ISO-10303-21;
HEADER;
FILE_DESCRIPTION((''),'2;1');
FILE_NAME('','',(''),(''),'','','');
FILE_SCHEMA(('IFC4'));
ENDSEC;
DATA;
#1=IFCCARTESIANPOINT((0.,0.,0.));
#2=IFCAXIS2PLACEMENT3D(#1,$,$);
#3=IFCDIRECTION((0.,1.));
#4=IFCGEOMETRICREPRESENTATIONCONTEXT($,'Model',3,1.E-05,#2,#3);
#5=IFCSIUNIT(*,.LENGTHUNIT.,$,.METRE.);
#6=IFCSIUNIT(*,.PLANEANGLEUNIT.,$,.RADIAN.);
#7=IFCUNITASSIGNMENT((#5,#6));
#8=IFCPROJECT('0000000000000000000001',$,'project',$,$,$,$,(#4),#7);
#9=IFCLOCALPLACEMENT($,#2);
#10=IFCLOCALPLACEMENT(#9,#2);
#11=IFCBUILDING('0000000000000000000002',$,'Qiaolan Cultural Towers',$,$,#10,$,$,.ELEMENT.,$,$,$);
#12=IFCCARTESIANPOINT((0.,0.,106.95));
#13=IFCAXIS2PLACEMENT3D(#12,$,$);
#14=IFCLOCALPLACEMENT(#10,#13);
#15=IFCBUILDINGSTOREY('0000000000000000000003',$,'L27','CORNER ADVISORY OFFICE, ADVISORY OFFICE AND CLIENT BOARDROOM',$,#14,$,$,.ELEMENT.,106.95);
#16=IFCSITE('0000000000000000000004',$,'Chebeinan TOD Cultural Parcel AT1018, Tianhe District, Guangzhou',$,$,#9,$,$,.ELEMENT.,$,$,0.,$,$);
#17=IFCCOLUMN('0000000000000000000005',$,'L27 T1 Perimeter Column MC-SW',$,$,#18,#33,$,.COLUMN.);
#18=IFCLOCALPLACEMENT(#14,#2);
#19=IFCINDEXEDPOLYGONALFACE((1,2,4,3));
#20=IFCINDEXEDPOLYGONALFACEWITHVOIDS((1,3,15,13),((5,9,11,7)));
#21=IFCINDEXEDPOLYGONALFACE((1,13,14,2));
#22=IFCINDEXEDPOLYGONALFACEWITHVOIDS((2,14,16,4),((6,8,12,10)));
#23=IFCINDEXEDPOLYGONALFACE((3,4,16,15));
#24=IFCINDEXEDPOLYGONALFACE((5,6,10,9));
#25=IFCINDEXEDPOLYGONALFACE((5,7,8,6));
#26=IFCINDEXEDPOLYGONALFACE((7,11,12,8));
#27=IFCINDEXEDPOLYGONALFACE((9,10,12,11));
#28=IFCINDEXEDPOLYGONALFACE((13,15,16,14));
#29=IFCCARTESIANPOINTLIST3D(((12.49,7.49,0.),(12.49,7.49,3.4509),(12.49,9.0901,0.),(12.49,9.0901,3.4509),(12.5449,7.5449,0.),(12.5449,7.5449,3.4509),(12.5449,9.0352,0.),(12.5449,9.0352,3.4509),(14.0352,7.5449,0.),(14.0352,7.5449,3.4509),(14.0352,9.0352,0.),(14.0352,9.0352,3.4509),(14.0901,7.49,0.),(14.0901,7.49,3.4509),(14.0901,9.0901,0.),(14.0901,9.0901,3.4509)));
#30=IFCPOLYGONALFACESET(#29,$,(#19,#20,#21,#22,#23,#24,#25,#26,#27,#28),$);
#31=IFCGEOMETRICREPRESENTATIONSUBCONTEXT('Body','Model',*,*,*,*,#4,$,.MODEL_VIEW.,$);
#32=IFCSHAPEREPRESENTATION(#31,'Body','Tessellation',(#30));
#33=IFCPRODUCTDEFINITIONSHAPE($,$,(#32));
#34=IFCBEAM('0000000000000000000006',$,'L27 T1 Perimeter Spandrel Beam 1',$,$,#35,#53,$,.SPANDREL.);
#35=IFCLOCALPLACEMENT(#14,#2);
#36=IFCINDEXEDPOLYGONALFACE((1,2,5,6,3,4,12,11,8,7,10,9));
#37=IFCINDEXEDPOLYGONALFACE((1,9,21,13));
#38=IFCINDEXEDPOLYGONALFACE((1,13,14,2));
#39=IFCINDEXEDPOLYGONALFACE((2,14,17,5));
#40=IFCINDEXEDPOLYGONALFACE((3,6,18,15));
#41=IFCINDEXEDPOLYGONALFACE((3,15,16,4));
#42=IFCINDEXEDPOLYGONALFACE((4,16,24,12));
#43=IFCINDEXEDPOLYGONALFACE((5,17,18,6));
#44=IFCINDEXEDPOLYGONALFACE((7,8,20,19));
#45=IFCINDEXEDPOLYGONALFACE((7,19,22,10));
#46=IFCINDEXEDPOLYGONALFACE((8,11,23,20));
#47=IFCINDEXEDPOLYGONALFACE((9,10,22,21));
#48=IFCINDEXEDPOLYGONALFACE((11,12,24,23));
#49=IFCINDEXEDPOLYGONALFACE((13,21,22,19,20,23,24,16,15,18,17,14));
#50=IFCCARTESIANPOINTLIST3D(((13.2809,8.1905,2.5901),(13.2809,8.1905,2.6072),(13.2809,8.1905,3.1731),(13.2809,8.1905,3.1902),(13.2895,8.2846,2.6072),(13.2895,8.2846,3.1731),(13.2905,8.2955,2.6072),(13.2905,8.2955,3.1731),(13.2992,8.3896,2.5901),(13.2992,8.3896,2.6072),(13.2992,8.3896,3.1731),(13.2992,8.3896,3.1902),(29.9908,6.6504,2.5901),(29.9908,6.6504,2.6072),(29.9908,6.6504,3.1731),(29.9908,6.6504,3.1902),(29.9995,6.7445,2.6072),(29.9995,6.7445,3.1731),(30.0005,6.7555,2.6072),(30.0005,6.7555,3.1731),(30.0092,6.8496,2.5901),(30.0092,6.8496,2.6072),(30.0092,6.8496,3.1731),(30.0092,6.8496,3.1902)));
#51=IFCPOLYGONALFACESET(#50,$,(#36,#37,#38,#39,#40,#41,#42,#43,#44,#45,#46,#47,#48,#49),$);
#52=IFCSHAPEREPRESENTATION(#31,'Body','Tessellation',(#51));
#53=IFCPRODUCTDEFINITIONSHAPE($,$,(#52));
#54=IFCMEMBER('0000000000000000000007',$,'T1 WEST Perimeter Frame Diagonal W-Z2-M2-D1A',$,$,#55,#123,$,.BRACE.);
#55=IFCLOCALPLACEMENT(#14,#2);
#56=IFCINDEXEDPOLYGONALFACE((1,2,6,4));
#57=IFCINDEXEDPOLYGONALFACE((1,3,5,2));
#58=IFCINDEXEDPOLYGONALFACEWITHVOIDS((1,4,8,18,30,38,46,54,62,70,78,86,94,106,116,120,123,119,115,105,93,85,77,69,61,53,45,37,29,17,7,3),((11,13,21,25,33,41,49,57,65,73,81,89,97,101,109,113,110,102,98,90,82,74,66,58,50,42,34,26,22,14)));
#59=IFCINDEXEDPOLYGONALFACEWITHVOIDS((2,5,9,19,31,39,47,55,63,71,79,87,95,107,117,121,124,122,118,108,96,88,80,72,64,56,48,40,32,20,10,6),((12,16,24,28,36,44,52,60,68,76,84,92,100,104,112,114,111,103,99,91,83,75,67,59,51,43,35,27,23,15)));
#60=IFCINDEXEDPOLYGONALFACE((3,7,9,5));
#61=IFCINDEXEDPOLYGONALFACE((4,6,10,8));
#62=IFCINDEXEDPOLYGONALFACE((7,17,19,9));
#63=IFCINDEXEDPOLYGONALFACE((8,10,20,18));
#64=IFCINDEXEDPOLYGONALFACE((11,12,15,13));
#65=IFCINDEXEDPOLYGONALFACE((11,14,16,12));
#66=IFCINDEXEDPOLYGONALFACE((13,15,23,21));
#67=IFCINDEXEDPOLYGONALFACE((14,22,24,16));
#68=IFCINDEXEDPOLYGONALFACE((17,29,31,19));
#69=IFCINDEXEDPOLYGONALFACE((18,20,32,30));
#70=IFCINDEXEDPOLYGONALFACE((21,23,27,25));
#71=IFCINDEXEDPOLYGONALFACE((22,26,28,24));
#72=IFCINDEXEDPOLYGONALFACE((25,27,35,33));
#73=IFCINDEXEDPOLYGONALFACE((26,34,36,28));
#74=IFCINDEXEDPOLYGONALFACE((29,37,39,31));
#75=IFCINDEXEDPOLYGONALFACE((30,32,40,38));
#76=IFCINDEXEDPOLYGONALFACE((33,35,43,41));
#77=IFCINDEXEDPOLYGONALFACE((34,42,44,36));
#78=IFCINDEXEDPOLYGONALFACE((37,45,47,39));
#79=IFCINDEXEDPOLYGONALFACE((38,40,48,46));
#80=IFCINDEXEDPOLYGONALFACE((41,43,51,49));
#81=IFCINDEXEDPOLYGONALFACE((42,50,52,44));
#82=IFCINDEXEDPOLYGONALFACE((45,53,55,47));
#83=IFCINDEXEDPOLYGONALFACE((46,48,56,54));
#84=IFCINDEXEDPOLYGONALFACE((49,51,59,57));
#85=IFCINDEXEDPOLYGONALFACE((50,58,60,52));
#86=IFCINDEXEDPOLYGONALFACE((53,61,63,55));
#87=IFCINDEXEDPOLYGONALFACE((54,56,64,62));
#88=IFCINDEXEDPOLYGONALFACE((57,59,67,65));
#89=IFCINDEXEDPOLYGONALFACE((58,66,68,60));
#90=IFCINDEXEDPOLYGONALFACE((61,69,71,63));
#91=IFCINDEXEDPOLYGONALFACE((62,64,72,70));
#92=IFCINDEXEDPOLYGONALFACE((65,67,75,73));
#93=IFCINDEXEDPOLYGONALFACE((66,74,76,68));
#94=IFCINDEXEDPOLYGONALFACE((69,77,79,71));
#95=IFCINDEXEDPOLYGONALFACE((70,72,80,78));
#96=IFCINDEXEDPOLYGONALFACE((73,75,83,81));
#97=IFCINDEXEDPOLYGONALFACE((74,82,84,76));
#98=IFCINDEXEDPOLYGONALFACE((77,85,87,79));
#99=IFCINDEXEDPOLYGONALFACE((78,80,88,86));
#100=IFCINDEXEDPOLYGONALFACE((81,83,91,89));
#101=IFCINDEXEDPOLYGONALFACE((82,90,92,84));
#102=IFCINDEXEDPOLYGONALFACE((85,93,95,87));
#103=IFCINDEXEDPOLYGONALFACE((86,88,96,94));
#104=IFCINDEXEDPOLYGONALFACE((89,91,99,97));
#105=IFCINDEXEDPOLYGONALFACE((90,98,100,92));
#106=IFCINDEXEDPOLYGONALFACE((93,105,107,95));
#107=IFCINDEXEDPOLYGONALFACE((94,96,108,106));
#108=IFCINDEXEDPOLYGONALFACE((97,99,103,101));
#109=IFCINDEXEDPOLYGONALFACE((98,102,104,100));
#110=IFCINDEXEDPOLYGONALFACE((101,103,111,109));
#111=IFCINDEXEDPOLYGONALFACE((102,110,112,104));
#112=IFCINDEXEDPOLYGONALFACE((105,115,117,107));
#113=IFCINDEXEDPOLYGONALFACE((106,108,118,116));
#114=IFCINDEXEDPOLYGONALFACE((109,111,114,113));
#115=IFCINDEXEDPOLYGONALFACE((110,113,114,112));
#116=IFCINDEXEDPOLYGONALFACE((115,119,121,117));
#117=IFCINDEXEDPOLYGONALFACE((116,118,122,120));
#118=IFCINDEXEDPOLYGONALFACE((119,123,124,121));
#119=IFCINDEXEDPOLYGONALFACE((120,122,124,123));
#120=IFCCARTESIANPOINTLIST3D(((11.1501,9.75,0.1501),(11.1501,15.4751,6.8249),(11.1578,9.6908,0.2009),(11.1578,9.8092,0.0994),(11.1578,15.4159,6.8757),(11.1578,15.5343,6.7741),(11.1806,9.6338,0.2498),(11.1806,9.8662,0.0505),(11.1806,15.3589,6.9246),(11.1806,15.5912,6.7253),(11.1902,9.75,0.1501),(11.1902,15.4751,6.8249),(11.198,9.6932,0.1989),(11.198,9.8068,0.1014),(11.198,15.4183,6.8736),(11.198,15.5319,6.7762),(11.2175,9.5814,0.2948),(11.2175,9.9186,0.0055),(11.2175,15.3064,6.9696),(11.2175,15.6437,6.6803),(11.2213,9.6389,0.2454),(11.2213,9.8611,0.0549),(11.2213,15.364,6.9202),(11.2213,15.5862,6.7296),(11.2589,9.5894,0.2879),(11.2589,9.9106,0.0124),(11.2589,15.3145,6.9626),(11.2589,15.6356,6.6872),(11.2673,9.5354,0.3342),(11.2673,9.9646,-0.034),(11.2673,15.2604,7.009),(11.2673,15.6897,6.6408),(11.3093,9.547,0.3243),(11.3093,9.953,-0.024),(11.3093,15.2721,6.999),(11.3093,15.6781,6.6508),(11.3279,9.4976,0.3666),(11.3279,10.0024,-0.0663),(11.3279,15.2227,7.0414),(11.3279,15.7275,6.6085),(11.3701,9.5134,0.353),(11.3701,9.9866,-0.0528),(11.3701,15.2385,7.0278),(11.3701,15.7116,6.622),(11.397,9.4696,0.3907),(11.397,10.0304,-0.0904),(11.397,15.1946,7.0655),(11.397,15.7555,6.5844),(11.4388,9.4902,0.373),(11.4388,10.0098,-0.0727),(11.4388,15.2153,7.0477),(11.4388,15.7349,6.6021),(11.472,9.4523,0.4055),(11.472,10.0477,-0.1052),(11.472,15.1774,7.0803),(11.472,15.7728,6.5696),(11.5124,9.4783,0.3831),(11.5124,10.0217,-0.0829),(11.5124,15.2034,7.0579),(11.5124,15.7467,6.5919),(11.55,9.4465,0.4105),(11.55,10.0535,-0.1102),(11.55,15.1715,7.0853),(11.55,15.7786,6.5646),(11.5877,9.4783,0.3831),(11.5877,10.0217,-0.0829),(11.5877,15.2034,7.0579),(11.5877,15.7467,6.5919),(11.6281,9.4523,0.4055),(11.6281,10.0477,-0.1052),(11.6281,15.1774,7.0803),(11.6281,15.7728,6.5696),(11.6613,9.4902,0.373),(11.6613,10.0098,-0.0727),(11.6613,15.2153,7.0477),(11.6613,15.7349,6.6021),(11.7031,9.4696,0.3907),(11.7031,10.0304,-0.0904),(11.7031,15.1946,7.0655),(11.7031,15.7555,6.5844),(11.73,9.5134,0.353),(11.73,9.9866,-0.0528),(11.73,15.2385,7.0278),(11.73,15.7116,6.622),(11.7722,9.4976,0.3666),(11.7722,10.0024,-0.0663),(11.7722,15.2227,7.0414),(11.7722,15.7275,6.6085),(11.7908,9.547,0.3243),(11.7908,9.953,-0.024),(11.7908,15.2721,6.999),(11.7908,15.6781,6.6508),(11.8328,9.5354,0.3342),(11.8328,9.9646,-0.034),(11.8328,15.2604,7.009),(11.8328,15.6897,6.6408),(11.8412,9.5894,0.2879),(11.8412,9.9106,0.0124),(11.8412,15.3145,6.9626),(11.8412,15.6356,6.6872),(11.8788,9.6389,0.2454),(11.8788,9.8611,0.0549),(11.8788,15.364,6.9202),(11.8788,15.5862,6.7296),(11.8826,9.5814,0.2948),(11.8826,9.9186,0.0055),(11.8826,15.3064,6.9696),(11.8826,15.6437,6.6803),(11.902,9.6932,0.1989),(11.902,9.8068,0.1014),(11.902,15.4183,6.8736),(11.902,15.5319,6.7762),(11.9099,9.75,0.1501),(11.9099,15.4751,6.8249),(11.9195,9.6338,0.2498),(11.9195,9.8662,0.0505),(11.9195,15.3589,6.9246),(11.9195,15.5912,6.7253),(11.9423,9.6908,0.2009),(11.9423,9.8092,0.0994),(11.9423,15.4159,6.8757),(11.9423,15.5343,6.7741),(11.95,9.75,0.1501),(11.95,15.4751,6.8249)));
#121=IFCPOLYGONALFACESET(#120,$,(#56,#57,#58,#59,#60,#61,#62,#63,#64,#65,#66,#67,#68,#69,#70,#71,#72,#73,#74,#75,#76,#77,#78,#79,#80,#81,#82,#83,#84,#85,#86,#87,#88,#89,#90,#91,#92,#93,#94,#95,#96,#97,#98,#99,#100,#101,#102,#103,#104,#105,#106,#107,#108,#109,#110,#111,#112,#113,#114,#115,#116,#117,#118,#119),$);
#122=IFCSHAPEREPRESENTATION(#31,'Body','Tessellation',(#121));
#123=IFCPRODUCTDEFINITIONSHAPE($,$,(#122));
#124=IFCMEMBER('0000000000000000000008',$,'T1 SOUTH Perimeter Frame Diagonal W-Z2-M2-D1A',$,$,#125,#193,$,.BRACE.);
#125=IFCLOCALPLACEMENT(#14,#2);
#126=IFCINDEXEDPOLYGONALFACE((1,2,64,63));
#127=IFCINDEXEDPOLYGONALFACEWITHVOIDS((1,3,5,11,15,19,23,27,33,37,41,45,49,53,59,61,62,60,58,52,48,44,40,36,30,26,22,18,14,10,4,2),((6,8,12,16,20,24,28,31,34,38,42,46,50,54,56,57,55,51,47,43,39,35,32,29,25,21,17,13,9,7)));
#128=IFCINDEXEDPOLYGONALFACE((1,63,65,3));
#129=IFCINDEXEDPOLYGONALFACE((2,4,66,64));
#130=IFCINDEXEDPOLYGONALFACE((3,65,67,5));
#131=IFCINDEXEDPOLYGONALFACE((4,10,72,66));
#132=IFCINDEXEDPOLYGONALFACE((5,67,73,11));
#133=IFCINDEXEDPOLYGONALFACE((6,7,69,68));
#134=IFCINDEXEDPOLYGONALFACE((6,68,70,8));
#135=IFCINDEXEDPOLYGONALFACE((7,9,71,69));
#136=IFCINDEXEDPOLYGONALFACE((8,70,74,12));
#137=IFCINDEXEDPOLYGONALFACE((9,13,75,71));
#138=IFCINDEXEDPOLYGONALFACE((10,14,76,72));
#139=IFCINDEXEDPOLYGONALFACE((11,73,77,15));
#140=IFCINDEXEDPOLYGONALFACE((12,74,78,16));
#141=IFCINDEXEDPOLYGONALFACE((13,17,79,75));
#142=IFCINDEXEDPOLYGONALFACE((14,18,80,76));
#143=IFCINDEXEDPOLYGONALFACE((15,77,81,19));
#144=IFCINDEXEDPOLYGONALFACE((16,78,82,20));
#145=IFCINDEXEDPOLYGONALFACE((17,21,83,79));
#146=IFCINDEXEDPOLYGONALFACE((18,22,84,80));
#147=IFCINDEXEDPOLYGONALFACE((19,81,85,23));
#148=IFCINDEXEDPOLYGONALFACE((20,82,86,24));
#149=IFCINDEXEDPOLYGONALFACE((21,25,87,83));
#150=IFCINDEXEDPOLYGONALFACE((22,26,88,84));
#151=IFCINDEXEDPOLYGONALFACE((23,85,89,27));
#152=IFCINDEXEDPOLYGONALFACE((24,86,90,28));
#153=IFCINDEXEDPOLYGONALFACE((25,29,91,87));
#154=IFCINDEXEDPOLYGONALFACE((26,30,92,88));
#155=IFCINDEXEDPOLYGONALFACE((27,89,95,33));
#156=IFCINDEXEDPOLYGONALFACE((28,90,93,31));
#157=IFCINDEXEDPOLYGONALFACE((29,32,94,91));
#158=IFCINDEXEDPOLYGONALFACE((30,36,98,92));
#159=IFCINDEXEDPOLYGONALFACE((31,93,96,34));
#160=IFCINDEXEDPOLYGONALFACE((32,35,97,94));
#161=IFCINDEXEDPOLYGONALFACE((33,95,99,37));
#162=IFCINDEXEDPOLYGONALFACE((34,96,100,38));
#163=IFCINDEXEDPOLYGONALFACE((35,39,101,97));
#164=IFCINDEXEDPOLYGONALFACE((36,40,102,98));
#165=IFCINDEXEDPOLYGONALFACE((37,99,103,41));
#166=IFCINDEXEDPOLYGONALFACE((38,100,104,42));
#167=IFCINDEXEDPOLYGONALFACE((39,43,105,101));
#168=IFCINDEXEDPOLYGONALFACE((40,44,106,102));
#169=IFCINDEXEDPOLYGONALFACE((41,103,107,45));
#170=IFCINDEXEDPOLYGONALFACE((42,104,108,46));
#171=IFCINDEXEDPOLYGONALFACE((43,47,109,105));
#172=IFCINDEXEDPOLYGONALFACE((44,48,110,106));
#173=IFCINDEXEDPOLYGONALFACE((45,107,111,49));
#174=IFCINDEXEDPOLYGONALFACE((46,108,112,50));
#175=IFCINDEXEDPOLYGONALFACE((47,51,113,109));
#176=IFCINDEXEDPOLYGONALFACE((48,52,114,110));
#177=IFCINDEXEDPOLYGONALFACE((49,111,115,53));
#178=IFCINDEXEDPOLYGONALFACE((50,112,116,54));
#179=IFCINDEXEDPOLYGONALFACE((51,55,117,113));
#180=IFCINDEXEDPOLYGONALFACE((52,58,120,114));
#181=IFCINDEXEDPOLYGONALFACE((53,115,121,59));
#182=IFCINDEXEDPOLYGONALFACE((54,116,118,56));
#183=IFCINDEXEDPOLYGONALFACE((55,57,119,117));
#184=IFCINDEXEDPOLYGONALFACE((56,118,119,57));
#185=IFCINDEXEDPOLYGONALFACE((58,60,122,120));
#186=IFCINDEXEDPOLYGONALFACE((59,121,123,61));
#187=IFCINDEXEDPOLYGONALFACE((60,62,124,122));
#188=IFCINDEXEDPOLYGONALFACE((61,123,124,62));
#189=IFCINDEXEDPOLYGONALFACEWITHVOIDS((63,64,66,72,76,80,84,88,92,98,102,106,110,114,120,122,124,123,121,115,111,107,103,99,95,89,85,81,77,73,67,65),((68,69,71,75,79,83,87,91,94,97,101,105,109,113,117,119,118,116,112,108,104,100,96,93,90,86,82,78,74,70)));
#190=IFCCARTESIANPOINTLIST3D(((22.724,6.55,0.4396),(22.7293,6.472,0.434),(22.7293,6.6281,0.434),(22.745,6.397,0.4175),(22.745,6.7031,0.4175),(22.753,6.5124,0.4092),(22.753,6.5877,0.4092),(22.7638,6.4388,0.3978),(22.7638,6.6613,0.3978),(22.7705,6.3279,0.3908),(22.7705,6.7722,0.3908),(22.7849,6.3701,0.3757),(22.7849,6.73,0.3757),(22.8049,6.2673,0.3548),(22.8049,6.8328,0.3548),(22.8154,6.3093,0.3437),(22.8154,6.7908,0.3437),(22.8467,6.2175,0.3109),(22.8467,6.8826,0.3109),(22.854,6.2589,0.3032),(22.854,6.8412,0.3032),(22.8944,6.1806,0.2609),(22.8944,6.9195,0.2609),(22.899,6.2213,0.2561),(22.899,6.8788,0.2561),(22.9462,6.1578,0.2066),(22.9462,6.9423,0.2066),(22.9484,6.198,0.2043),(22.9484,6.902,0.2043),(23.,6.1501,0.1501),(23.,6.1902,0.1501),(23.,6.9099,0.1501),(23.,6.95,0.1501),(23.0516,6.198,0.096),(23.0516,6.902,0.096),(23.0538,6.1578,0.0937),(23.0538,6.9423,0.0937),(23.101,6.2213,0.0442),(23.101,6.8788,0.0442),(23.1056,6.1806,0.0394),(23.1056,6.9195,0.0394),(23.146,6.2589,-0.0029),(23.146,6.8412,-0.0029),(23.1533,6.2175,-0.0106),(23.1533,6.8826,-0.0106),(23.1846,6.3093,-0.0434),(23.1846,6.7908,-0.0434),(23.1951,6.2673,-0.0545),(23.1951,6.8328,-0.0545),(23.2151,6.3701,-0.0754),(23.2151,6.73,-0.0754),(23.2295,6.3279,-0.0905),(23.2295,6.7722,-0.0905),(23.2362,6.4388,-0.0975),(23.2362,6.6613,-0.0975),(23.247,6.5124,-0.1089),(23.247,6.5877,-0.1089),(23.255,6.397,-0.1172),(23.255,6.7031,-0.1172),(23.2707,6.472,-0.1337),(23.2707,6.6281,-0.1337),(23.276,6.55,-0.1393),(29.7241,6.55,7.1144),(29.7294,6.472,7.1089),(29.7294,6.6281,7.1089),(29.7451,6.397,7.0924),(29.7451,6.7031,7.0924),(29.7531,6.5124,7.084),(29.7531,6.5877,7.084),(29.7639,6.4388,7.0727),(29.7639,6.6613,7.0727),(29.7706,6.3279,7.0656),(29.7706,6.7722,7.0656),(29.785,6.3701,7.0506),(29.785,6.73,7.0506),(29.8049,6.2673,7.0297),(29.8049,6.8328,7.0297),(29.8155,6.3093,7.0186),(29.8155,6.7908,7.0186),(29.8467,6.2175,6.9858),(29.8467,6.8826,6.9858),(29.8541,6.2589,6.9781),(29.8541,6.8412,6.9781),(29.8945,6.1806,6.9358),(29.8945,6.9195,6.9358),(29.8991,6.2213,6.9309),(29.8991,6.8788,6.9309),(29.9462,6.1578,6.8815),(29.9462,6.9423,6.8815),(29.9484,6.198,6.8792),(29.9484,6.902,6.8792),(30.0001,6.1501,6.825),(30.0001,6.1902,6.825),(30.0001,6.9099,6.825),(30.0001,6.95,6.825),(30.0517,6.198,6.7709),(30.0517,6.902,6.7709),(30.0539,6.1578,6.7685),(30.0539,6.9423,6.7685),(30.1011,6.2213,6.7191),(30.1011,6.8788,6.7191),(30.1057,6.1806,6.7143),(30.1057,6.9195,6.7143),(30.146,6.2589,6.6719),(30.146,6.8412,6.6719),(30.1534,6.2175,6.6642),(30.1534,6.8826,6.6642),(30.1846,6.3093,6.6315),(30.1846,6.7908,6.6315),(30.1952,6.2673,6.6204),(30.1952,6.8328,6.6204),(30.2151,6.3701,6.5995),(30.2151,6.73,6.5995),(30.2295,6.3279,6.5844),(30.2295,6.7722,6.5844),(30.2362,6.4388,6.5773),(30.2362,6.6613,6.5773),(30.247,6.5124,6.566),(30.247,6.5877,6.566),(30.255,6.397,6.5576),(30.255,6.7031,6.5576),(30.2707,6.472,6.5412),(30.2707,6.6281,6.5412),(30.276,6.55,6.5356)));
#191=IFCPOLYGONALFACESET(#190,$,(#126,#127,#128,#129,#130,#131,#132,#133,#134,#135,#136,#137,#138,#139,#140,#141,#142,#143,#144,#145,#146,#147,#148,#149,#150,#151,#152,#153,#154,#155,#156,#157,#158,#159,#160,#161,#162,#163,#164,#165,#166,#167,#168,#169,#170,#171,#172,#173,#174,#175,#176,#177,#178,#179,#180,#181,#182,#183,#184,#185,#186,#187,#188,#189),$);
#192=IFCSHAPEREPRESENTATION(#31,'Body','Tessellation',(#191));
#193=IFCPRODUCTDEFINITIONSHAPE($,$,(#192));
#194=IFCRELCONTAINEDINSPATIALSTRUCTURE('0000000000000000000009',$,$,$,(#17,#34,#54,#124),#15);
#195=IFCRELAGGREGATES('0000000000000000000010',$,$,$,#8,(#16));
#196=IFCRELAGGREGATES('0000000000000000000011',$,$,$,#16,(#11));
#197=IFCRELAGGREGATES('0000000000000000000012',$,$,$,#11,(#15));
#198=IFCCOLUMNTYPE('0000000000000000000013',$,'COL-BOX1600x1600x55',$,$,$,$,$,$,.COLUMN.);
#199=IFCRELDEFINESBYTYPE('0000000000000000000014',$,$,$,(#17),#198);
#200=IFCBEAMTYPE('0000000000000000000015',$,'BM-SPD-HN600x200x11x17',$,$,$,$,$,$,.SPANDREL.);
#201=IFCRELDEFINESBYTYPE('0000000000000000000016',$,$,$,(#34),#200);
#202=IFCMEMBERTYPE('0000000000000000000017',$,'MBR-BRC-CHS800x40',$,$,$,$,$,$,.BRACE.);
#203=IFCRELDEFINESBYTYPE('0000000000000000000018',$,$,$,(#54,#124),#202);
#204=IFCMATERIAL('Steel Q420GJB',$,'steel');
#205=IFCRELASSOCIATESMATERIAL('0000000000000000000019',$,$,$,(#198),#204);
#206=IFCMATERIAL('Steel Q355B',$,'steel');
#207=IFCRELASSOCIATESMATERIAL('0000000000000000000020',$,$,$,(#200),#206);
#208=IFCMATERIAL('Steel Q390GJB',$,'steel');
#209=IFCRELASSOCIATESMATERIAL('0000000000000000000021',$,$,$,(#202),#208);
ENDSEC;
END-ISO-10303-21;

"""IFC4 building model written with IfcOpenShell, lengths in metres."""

from ifc_helpers import new_model, si_unit, direction, frame, origin, origin_2d, place, context, subcontext, project, spatial, hollow_rectangle, hollow_circle, i_section, extrude, material, material_profile, profile_set, type_object, element, save


model = new_model("IFC4")

# Units and contexts
model_context = context("Model", 3, precision=1e-05, world=origin(), true_north=direction((0.0, 1.0)))
body_context = subcontext(model_context, "Body", "Model", "MODEL_VIEW")
ifc_project = project(units=[si_unit("LENGTHUNIT", "METRE"), si_unit("PLANEANGLEUNIT", "RADIAN")], contexts=[model_context])

# Site, building, storey
site_placement = place(None, origin())
site = spatial("IfcSite", under=ifc_project, at=site_placement, Name="Chebeinan TOD Cultural Parcel AT1018, Tianhe District, Guangzhou", CompositionType="ELEMENT", RefElevation=0.0)
building_placement = place(site_placement, origin())
building = spatial("IfcBuilding", under=site, at=building_placement, Name="Qiaolan Cultural Towers", CompositionType="ELEMENT")
storey_placement = place(building_placement, frame((0.0, 0.0, 106.95)))
storey = spatial("IfcBuildingStorey", under=building, at=storey_placement, Name="L27", Description="CORNER ADVISORY OFFICE, ADVISORY OFFICE AND CLIENT BOARDROOM", CompositionType="ELEMENT", Elevation=106.95)

# Column
ifc_material_1 = material(Name="Steel Q420GJB", Category="steel")
ifc_material_profile_1 = material_profile(ifc_material_1, hollow_rectangle(XDim=1.6001, YDim=1.6001, WallThickness=0.0549, at=origin_2d()), Name="BOX1600x1600x55")
ifc_profile_set_1 = profile_set([ifc_material_profile_1], Name="Steel Q420GJB")
column_type = type_object("IfcColumnType", Name="COL-BOX1600x1600x55", PredefinedType="COLUMN", material=ifc_profile_set_1)
column_placement = place(storey_placement, frame((13.29, 8.29, 0.0), z_axis=(0.0, 0.0, 1.0), x_axis=(1.0, 0.0, 0.0)))
element("IfcColumn", 1, at=column_placement, inside=storey, type_object=column_type, Name="L27 T1 Perimeter Column MC-SW", PredefinedType="COLUMN", context=body_context, shape_type="SweptSolid", body=[
    extrude(hollow_rectangle(XDim=1.6001, YDim=1.6001, WallThickness=0.0549, at=origin_2d()), origin(), (0.0, 0.0, 1.0), 3.4509),
])

# Beam
ifc_material_2 = material(Name="Steel Q355B", Category="steel")
ifc_material_profile_2 = material_profile(ifc_material_2, i_section(OverallWidth=0.2, OverallDepth=0.6001, WebThickness=0.011, FlangeThickness=0.0171, at=origin_2d()), Name="HN600x200x11x17")
ifc_profile_set_2 = profile_set([ifc_material_profile_2], Name="Steel Q355B")
beam_type = type_object("IfcBeamType", Name="BM-SPD-HN600x200x11x17", PredefinedType="SPANDREL", material=ifc_profile_set_2)
beam_placement = place(storey_placement, frame((13.29, 8.29, 2.8901), z_axis=(0.99578, -0.091774, 0.0), x_axis=(0.091774, 0.99578, 0.0)))
element("IfcBeam", 2, at=beam_placement, inside=storey, type_object=beam_type, Name="L27 T1 Perimeter Spandrel Beam 1", PredefinedType="SPANDREL", context=body_context, shape_type="SweptSolid", body=[
    extrude(i_section(OverallWidth=0.2, OverallDepth=0.6001, WebThickness=0.011, FlangeThickness=0.0171, at=origin_2d()), origin(), (0.0, 0.0, 1.0), 16.7808),
])

# Members
ifc_material_3 = material(Name="Steel Q390GJB", Category="steel")
ifc_material_profile_3 = material_profile(ifc_material_3, hollow_circle(Radius=0.3999, WallThickness=0.04, at=origin_2d()), Name="CHS800x40")
ifc_profile_set_3 = profile_set([ifc_material_profile_3], Name="Steel Q390GJB")
member_type = type_object("IfcMemberType", Name="MBR-BRC-CHS800x40", PredefinedType="BRACE", material=ifc_profile_set_3)
member_1_placement = place(storey_placement, frame((11.55, 9.75, 0.1501), z_axis=(0.0, 0.651043, 0.759041), x_axis=(-1.0, 0.0, 0.0)))
element("IfcMember", 3, at=member_1_placement, inside=storey, type_object=member_type, Name="T1 WEST Perimeter Frame Diagonal W-Z2-M2-D1A", PredefinedType="BRACE", context=body_context, shape_type="SweptSolid", body=[
    extrude(hollow_circle(Radius=0.3999, WallThickness=0.04, at=origin_2d()), origin(), (0.0, 0.0, 1.0), 8.7937),
])
member_2_placement = place(storey_placement, frame((23.0, 6.55, 0.1501), z_axis=(0.723718, 0.0, 0.690096), x_axis=(0.0, 1.0, 0.0)))
element("IfcMember", 4, at=member_2_placement, inside=storey, type_object=member_type, Name="T1 SOUTH Perimeter Frame Diagonal W-Z2-M2-D1A", PredefinedType="BRACE", context=body_context, shape_type="SweptSolid", body=[
    extrude(hollow_circle(Radius=0.3999, WallThickness=0.04, at=origin_2d()), origin(), (0.0, 0.0, 1.0), 9.6724),
])

save(model, "model.ifc")
